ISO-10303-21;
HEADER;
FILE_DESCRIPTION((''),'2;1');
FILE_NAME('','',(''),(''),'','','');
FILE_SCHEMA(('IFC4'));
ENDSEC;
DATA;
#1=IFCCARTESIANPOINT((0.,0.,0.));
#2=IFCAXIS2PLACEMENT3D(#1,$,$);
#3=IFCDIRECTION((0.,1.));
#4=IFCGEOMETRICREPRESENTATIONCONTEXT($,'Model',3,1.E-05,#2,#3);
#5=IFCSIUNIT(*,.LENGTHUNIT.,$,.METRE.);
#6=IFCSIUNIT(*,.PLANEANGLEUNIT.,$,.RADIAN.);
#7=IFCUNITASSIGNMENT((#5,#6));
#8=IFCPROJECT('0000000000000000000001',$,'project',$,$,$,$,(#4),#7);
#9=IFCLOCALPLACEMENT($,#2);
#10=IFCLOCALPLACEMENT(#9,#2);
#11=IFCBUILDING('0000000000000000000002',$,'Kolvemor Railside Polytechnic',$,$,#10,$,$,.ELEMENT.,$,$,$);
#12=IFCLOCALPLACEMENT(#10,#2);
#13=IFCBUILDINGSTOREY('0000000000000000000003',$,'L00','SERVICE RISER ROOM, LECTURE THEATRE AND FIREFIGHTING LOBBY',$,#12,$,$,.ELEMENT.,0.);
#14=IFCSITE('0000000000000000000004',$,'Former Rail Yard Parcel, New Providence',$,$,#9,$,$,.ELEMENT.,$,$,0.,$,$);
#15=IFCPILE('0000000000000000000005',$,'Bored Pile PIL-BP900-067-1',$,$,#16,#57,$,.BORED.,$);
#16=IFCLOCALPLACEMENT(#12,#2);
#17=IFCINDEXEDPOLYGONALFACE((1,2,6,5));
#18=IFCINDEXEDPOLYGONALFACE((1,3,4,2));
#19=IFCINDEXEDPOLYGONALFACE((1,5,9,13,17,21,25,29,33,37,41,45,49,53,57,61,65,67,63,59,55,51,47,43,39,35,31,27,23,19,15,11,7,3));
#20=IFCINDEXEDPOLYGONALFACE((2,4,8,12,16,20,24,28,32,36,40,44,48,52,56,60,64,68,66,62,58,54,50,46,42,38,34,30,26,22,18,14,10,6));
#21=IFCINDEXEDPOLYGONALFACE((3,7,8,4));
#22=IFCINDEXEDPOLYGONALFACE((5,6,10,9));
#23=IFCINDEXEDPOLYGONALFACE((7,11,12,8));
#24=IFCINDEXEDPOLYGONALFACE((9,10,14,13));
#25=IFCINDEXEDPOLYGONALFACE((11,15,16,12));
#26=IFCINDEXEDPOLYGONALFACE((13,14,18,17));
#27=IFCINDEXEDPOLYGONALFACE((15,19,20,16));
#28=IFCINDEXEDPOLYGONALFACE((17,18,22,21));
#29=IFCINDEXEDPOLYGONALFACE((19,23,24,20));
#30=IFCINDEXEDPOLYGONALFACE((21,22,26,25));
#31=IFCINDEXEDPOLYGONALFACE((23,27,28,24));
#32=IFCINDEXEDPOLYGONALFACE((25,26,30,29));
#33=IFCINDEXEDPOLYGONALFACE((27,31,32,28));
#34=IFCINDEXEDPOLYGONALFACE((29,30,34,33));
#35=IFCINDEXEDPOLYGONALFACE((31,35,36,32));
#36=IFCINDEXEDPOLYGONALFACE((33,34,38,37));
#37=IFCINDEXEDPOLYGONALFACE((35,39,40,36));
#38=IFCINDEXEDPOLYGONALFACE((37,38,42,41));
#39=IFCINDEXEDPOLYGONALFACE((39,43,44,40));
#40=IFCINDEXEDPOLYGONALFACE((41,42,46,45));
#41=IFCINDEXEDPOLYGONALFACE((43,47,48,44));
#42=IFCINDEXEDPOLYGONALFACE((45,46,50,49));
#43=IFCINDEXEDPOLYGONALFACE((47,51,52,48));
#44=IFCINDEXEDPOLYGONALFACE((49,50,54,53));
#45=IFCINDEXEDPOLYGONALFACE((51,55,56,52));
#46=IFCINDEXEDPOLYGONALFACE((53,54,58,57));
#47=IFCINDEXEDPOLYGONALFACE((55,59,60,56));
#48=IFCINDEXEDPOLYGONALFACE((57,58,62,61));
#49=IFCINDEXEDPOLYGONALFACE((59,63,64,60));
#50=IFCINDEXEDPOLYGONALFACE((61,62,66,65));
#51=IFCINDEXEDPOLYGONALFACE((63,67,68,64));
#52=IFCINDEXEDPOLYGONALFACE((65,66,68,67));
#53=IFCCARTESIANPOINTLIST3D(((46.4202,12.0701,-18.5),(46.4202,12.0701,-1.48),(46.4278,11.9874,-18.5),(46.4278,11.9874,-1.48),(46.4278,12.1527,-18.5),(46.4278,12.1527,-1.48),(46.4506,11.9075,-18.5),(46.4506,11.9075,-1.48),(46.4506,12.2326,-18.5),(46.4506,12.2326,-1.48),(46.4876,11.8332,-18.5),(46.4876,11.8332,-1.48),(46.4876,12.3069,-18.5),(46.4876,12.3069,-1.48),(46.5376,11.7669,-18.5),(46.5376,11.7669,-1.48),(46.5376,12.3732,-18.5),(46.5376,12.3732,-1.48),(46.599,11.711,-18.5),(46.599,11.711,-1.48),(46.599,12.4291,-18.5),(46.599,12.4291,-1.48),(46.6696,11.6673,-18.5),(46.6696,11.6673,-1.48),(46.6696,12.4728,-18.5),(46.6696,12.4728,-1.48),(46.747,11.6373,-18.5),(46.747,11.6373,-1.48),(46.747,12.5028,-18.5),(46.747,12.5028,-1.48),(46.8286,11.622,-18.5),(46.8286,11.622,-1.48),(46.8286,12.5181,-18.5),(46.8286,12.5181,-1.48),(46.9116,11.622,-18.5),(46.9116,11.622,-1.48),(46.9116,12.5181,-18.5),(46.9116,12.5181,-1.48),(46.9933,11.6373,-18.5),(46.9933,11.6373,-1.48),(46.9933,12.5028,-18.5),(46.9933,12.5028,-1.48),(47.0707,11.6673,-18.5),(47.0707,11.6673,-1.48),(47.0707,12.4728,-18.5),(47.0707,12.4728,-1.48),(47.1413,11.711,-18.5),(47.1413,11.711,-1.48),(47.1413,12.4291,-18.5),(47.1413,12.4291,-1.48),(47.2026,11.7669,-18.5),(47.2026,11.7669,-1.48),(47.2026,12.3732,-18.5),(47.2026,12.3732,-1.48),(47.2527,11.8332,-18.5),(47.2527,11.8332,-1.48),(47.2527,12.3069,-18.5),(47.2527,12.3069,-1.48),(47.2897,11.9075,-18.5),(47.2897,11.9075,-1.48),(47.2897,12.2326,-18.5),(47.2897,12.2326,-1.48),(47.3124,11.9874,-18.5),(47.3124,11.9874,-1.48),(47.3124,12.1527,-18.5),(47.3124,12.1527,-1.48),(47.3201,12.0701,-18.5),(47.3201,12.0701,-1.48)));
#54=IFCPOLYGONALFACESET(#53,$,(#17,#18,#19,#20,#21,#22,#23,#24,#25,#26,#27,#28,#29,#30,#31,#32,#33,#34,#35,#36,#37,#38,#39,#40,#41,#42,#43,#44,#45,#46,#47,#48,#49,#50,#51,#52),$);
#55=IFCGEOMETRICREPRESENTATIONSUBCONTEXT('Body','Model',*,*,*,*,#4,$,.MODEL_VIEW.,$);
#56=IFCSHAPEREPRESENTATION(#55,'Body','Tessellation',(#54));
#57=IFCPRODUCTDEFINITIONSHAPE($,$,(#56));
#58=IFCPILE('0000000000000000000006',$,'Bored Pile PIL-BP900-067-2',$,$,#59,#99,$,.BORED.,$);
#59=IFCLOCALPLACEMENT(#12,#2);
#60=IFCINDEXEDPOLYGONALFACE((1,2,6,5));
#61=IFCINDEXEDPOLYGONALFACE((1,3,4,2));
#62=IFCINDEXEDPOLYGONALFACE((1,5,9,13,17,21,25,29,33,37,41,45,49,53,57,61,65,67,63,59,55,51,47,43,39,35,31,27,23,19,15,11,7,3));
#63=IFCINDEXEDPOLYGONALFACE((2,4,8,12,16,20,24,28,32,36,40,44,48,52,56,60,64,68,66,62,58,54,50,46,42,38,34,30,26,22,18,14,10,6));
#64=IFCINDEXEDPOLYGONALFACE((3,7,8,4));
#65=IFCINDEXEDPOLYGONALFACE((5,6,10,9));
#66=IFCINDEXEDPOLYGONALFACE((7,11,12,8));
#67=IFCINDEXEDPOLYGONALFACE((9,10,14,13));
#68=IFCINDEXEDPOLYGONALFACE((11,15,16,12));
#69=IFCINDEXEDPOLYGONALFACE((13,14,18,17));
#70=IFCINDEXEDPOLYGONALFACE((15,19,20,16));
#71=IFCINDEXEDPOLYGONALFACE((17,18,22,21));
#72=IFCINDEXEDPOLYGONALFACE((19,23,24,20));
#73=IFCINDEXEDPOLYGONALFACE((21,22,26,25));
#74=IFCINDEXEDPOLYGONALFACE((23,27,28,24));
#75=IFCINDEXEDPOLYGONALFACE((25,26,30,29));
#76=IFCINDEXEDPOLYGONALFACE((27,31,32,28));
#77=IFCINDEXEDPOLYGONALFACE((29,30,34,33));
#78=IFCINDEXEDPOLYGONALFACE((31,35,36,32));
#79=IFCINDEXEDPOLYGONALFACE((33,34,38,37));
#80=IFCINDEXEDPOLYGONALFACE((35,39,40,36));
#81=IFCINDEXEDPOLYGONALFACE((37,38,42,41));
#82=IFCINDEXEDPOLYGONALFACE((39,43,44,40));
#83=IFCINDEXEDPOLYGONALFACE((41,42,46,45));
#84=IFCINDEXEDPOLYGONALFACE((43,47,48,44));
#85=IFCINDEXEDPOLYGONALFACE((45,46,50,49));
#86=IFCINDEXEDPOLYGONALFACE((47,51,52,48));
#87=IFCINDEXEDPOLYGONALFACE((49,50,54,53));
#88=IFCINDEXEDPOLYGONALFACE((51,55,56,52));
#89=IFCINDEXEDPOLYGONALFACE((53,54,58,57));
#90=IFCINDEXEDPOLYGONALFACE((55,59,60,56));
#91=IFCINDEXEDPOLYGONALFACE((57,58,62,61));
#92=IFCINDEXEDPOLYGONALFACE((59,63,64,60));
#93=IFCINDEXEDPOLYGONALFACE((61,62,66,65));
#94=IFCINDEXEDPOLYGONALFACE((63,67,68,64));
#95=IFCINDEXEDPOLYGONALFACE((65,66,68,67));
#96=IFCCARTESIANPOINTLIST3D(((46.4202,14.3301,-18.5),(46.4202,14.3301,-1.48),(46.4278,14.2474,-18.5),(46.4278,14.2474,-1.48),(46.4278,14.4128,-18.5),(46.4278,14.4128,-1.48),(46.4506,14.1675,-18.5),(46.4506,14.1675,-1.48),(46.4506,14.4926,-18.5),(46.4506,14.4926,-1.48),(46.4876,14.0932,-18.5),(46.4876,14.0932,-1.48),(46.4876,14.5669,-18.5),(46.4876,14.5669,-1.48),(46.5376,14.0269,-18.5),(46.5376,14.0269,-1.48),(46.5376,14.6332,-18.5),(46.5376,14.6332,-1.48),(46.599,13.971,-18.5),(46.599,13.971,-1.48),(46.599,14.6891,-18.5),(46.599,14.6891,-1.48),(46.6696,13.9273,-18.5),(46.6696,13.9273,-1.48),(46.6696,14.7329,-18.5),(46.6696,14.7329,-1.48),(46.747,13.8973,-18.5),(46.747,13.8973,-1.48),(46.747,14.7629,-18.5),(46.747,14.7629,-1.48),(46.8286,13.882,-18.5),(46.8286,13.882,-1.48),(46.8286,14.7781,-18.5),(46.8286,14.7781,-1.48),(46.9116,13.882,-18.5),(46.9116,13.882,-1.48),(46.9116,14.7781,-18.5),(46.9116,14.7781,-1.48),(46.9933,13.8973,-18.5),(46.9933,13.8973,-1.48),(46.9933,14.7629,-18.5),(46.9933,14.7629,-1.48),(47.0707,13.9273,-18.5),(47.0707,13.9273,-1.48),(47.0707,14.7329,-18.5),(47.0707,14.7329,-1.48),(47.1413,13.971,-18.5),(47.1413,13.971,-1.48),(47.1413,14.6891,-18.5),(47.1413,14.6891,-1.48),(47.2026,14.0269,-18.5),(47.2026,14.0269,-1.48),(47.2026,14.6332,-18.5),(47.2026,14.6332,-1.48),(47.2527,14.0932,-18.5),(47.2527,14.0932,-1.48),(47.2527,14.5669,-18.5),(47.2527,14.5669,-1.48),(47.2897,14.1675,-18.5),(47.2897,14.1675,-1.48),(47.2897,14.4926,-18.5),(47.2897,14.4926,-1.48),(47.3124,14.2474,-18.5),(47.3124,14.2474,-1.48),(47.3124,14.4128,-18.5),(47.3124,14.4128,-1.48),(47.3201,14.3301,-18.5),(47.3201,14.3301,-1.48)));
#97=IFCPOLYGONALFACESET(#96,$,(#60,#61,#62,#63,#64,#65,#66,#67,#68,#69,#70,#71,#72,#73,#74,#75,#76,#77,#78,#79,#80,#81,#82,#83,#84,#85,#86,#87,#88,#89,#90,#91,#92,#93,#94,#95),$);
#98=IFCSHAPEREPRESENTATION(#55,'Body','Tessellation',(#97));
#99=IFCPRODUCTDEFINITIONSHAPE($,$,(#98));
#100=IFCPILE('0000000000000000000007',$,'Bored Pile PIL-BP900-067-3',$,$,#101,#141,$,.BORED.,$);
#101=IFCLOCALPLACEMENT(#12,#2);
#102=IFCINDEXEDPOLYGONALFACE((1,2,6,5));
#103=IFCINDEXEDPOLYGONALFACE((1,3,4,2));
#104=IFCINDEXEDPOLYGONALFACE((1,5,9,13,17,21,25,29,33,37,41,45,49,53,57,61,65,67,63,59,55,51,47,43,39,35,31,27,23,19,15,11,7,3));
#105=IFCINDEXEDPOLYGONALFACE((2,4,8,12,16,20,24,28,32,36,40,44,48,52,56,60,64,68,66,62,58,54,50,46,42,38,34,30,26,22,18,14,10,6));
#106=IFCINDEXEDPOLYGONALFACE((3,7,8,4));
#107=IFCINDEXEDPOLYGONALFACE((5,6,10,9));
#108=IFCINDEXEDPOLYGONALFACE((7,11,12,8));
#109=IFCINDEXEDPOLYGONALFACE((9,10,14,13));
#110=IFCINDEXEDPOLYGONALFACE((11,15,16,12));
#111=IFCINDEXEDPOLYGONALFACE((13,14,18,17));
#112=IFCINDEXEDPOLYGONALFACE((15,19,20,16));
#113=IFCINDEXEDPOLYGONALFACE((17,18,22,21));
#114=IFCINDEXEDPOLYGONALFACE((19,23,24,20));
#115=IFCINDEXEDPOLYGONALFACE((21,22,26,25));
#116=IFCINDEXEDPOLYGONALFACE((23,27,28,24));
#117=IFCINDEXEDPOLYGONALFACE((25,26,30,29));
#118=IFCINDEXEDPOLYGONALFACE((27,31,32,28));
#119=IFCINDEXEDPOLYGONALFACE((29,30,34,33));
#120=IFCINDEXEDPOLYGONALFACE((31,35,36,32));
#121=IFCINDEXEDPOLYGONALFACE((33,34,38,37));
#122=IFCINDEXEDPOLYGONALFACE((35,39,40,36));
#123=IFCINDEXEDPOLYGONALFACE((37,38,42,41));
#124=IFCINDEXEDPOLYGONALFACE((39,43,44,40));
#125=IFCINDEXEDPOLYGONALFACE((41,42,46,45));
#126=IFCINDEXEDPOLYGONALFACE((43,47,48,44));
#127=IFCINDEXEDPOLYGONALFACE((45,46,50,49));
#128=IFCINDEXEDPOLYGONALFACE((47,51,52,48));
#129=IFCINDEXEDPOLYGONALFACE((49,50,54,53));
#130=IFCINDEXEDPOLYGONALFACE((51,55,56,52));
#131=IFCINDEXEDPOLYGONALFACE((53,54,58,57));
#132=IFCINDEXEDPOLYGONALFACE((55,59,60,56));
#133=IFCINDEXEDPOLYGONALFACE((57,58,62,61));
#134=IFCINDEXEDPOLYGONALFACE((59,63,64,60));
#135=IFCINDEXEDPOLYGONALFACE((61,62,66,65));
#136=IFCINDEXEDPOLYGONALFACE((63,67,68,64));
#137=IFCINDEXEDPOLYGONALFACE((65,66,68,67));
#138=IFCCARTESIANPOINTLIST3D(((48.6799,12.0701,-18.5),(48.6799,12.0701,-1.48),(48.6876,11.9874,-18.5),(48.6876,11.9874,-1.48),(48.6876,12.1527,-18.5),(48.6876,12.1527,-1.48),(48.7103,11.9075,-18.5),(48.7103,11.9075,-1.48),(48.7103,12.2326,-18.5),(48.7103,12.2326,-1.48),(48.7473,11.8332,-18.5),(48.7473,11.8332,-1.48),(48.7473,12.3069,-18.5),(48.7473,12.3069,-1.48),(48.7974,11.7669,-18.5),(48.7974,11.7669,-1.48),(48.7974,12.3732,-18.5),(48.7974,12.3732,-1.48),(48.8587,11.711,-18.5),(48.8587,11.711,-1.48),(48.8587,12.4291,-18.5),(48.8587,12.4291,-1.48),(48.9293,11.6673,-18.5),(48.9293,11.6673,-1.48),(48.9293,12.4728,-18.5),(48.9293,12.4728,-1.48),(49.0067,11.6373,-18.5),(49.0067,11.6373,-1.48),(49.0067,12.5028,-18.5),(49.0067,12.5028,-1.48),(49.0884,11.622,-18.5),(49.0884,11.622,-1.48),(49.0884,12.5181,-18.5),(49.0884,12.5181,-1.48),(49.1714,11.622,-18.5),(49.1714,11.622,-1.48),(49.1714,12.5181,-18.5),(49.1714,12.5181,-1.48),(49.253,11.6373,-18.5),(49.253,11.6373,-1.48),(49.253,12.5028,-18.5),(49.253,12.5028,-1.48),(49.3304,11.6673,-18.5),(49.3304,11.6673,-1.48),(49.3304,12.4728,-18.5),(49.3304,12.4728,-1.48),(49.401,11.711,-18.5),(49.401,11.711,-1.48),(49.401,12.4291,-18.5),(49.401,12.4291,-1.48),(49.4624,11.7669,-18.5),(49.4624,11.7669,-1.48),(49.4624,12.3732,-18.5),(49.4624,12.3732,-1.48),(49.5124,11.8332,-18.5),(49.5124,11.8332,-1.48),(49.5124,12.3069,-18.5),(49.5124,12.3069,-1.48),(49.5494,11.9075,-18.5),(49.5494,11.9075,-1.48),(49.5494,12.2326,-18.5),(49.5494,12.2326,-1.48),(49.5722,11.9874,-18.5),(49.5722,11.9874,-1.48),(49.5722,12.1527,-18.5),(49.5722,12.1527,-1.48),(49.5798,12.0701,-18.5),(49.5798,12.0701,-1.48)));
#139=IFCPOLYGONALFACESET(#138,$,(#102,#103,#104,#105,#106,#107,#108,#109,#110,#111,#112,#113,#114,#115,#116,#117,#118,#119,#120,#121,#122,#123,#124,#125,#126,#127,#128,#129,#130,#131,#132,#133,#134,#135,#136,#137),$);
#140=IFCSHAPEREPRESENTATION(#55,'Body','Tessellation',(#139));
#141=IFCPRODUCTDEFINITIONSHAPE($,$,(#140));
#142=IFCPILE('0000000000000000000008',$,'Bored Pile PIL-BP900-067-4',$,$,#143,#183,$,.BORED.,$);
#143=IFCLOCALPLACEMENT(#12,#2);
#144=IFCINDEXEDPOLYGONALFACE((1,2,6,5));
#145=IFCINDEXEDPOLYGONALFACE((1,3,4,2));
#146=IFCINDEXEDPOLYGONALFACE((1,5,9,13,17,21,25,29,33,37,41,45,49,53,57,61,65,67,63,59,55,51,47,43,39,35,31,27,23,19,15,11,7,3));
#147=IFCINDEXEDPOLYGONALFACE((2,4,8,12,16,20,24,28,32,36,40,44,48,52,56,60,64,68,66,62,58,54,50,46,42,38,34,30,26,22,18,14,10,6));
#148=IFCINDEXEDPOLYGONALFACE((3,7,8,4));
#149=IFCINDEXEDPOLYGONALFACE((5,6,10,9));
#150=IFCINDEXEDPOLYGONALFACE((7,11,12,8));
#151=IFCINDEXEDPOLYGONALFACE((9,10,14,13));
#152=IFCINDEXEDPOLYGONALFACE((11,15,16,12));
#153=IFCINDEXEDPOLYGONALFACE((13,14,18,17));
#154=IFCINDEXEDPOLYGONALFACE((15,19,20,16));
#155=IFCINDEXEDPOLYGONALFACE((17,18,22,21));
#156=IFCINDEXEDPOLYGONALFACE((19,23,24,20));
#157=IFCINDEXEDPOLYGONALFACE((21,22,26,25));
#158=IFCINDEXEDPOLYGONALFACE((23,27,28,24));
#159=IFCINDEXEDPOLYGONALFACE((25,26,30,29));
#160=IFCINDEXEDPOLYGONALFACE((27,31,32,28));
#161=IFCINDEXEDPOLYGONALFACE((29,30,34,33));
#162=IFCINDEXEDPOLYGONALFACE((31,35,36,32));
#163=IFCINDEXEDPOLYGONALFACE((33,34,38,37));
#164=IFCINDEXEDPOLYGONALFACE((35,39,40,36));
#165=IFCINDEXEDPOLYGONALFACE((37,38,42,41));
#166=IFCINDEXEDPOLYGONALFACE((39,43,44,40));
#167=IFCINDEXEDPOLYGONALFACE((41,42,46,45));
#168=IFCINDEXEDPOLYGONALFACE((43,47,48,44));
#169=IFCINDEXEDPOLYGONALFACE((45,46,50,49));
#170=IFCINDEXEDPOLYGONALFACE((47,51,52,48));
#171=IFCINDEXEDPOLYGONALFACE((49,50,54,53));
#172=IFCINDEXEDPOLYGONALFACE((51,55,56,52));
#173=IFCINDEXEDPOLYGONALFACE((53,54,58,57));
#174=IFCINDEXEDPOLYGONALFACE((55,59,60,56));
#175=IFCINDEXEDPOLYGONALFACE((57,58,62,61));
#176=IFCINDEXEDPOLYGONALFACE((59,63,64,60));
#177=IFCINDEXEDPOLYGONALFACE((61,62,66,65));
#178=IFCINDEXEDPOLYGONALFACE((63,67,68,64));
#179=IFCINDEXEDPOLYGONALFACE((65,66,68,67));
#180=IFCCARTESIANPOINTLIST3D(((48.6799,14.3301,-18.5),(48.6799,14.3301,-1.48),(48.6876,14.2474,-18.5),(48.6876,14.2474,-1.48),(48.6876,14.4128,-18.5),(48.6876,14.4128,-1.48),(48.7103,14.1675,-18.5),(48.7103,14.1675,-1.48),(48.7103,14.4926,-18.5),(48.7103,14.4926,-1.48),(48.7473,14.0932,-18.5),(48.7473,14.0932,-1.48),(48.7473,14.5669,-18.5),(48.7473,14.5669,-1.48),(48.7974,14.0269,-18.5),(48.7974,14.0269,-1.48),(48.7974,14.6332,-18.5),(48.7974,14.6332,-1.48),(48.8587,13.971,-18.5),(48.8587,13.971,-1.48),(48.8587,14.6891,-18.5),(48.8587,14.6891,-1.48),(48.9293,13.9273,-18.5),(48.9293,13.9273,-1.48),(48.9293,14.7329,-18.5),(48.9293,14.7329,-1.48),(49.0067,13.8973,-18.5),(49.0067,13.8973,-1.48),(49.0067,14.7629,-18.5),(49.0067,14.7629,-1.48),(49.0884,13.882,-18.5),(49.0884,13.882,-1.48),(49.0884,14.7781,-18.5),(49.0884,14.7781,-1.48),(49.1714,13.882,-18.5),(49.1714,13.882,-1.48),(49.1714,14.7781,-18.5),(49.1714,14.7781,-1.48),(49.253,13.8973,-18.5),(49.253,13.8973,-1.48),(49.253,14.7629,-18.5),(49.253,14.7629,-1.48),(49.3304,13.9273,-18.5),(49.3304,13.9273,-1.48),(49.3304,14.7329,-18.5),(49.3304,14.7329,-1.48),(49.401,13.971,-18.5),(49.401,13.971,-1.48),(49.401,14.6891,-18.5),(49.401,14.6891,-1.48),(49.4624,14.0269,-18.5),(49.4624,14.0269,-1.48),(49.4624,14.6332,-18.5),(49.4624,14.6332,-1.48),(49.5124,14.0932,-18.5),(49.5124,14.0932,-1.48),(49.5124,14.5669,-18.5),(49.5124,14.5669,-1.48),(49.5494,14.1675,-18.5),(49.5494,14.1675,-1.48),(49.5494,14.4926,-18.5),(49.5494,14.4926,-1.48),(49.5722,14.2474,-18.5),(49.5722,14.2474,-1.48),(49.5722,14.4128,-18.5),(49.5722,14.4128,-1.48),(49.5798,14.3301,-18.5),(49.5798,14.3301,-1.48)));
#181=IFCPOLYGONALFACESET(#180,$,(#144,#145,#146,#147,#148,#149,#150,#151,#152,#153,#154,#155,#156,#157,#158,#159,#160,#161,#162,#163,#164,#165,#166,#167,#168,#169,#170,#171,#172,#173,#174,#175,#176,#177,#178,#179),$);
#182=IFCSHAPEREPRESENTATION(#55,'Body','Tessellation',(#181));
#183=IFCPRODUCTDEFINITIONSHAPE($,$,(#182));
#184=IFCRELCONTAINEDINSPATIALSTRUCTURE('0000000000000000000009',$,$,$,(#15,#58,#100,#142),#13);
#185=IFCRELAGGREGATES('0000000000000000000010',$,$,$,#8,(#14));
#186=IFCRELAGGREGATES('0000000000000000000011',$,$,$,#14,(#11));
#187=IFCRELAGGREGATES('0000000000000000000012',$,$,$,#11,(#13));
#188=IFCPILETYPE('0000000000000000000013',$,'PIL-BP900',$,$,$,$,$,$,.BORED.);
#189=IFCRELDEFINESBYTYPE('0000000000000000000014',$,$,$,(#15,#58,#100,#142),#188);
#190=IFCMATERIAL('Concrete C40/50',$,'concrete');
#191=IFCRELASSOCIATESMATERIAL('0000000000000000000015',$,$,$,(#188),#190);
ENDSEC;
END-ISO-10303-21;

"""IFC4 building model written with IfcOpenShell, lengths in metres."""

from ifc_helpers import new_model, si_unit, direction, frame, origin, origin_2d, place, context, subcontext, project, spatial, circle, extrude, material, material_profile, profile_set, type_object, element, save


model = new_model("IFC4")

# Units and contexts
model_context = context("Model", 3, precision=1e-05, world=origin(), true_north=direction((0.0, 1.0)))
body_context = subcontext(model_context, "Body", "Model", "MODEL_VIEW")
ifc_project = project(units=[si_unit("LENGTHUNIT", "METRE"), si_unit("PLANEANGLEUNIT", "RADIAN")], contexts=[model_context])

# Site, building, storey
site_placement = place(None, origin())
site = spatial("IfcSite", under=ifc_project, at=site_placement, Name="Former Rail Yard Parcel, New Providence", CompositionType="ELEMENT", RefElevation=0.0)
building_placement = place(site_placement, origin())
building = spatial("IfcBuilding", under=site, at=building_placement, Name="Kolvemor Railside Polytechnic", CompositionType="ELEMENT")
storey_placement = place(building_placement, origin())
storey = spatial("IfcBuildingStorey", under=building, at=storey_placement, Name="L00", Description="SERVICE RISER ROOM, LECTURE THEATRE AND FIREFIGHTING LOBBY", CompositionType="ELEMENT", Elevation=0.0)

# Piles
ifc_material_1 = material(Name="Concrete C40/50", Category="concrete")
ifc_material_profile_1 = material_profile(ifc_material_1, circle(Radius=0.45, at=origin_2d()), Name="BP900")
ifc_profile_set_1 = profile_set([ifc_material_profile_1], Name="Concrete C40/50")
pile_type_1 = type_object("IfcPileType", Name="PIL-BP900", PredefinedType="BORED", material=ifc_profile_set_1)
for number, where, z_axis, x_axis, name in (
    (1, (46.8701, 12.0701, -1.48), (0.0, 0.0, -1.0), (1.0, 0.0, 0.0), "Bored Pile PIL-BP900-067-1"),
    (2, (46.8701, 14.3301, -1.48), (0.0, 0.0, -1.0), (1.0, 0.0, 0.0), "Bored Pile PIL-BP900-067-2"),
    (3, (49.1299, 12.0701, -1.48), (0.0, 0.0, -1.0), (1.0, 0.0, 0.0), "Bored Pile PIL-BP900-067-3"),
    (4, (49.1299, 14.3301, -1.48), (0.0, 0.0, -1.0), (1.0, 0.0, 0.0), "Bored Pile PIL-BP900-067-4"),
):
    element("IfcPile", number, at=place(storey_placement, frame(where, z_axis=z_axis, x_axis=x_axis)), inside=storey, type_object=pile_type_1, Name=name, PredefinedType="BORED", context=body_context, shape_type="SweptSolid", body=[
        extrude(circle(Radius=0.45, at=origin_2d()), origin(), (0.0, 0.0, 1.0), 17.02),
    ])

save(model, "model.ifc")
